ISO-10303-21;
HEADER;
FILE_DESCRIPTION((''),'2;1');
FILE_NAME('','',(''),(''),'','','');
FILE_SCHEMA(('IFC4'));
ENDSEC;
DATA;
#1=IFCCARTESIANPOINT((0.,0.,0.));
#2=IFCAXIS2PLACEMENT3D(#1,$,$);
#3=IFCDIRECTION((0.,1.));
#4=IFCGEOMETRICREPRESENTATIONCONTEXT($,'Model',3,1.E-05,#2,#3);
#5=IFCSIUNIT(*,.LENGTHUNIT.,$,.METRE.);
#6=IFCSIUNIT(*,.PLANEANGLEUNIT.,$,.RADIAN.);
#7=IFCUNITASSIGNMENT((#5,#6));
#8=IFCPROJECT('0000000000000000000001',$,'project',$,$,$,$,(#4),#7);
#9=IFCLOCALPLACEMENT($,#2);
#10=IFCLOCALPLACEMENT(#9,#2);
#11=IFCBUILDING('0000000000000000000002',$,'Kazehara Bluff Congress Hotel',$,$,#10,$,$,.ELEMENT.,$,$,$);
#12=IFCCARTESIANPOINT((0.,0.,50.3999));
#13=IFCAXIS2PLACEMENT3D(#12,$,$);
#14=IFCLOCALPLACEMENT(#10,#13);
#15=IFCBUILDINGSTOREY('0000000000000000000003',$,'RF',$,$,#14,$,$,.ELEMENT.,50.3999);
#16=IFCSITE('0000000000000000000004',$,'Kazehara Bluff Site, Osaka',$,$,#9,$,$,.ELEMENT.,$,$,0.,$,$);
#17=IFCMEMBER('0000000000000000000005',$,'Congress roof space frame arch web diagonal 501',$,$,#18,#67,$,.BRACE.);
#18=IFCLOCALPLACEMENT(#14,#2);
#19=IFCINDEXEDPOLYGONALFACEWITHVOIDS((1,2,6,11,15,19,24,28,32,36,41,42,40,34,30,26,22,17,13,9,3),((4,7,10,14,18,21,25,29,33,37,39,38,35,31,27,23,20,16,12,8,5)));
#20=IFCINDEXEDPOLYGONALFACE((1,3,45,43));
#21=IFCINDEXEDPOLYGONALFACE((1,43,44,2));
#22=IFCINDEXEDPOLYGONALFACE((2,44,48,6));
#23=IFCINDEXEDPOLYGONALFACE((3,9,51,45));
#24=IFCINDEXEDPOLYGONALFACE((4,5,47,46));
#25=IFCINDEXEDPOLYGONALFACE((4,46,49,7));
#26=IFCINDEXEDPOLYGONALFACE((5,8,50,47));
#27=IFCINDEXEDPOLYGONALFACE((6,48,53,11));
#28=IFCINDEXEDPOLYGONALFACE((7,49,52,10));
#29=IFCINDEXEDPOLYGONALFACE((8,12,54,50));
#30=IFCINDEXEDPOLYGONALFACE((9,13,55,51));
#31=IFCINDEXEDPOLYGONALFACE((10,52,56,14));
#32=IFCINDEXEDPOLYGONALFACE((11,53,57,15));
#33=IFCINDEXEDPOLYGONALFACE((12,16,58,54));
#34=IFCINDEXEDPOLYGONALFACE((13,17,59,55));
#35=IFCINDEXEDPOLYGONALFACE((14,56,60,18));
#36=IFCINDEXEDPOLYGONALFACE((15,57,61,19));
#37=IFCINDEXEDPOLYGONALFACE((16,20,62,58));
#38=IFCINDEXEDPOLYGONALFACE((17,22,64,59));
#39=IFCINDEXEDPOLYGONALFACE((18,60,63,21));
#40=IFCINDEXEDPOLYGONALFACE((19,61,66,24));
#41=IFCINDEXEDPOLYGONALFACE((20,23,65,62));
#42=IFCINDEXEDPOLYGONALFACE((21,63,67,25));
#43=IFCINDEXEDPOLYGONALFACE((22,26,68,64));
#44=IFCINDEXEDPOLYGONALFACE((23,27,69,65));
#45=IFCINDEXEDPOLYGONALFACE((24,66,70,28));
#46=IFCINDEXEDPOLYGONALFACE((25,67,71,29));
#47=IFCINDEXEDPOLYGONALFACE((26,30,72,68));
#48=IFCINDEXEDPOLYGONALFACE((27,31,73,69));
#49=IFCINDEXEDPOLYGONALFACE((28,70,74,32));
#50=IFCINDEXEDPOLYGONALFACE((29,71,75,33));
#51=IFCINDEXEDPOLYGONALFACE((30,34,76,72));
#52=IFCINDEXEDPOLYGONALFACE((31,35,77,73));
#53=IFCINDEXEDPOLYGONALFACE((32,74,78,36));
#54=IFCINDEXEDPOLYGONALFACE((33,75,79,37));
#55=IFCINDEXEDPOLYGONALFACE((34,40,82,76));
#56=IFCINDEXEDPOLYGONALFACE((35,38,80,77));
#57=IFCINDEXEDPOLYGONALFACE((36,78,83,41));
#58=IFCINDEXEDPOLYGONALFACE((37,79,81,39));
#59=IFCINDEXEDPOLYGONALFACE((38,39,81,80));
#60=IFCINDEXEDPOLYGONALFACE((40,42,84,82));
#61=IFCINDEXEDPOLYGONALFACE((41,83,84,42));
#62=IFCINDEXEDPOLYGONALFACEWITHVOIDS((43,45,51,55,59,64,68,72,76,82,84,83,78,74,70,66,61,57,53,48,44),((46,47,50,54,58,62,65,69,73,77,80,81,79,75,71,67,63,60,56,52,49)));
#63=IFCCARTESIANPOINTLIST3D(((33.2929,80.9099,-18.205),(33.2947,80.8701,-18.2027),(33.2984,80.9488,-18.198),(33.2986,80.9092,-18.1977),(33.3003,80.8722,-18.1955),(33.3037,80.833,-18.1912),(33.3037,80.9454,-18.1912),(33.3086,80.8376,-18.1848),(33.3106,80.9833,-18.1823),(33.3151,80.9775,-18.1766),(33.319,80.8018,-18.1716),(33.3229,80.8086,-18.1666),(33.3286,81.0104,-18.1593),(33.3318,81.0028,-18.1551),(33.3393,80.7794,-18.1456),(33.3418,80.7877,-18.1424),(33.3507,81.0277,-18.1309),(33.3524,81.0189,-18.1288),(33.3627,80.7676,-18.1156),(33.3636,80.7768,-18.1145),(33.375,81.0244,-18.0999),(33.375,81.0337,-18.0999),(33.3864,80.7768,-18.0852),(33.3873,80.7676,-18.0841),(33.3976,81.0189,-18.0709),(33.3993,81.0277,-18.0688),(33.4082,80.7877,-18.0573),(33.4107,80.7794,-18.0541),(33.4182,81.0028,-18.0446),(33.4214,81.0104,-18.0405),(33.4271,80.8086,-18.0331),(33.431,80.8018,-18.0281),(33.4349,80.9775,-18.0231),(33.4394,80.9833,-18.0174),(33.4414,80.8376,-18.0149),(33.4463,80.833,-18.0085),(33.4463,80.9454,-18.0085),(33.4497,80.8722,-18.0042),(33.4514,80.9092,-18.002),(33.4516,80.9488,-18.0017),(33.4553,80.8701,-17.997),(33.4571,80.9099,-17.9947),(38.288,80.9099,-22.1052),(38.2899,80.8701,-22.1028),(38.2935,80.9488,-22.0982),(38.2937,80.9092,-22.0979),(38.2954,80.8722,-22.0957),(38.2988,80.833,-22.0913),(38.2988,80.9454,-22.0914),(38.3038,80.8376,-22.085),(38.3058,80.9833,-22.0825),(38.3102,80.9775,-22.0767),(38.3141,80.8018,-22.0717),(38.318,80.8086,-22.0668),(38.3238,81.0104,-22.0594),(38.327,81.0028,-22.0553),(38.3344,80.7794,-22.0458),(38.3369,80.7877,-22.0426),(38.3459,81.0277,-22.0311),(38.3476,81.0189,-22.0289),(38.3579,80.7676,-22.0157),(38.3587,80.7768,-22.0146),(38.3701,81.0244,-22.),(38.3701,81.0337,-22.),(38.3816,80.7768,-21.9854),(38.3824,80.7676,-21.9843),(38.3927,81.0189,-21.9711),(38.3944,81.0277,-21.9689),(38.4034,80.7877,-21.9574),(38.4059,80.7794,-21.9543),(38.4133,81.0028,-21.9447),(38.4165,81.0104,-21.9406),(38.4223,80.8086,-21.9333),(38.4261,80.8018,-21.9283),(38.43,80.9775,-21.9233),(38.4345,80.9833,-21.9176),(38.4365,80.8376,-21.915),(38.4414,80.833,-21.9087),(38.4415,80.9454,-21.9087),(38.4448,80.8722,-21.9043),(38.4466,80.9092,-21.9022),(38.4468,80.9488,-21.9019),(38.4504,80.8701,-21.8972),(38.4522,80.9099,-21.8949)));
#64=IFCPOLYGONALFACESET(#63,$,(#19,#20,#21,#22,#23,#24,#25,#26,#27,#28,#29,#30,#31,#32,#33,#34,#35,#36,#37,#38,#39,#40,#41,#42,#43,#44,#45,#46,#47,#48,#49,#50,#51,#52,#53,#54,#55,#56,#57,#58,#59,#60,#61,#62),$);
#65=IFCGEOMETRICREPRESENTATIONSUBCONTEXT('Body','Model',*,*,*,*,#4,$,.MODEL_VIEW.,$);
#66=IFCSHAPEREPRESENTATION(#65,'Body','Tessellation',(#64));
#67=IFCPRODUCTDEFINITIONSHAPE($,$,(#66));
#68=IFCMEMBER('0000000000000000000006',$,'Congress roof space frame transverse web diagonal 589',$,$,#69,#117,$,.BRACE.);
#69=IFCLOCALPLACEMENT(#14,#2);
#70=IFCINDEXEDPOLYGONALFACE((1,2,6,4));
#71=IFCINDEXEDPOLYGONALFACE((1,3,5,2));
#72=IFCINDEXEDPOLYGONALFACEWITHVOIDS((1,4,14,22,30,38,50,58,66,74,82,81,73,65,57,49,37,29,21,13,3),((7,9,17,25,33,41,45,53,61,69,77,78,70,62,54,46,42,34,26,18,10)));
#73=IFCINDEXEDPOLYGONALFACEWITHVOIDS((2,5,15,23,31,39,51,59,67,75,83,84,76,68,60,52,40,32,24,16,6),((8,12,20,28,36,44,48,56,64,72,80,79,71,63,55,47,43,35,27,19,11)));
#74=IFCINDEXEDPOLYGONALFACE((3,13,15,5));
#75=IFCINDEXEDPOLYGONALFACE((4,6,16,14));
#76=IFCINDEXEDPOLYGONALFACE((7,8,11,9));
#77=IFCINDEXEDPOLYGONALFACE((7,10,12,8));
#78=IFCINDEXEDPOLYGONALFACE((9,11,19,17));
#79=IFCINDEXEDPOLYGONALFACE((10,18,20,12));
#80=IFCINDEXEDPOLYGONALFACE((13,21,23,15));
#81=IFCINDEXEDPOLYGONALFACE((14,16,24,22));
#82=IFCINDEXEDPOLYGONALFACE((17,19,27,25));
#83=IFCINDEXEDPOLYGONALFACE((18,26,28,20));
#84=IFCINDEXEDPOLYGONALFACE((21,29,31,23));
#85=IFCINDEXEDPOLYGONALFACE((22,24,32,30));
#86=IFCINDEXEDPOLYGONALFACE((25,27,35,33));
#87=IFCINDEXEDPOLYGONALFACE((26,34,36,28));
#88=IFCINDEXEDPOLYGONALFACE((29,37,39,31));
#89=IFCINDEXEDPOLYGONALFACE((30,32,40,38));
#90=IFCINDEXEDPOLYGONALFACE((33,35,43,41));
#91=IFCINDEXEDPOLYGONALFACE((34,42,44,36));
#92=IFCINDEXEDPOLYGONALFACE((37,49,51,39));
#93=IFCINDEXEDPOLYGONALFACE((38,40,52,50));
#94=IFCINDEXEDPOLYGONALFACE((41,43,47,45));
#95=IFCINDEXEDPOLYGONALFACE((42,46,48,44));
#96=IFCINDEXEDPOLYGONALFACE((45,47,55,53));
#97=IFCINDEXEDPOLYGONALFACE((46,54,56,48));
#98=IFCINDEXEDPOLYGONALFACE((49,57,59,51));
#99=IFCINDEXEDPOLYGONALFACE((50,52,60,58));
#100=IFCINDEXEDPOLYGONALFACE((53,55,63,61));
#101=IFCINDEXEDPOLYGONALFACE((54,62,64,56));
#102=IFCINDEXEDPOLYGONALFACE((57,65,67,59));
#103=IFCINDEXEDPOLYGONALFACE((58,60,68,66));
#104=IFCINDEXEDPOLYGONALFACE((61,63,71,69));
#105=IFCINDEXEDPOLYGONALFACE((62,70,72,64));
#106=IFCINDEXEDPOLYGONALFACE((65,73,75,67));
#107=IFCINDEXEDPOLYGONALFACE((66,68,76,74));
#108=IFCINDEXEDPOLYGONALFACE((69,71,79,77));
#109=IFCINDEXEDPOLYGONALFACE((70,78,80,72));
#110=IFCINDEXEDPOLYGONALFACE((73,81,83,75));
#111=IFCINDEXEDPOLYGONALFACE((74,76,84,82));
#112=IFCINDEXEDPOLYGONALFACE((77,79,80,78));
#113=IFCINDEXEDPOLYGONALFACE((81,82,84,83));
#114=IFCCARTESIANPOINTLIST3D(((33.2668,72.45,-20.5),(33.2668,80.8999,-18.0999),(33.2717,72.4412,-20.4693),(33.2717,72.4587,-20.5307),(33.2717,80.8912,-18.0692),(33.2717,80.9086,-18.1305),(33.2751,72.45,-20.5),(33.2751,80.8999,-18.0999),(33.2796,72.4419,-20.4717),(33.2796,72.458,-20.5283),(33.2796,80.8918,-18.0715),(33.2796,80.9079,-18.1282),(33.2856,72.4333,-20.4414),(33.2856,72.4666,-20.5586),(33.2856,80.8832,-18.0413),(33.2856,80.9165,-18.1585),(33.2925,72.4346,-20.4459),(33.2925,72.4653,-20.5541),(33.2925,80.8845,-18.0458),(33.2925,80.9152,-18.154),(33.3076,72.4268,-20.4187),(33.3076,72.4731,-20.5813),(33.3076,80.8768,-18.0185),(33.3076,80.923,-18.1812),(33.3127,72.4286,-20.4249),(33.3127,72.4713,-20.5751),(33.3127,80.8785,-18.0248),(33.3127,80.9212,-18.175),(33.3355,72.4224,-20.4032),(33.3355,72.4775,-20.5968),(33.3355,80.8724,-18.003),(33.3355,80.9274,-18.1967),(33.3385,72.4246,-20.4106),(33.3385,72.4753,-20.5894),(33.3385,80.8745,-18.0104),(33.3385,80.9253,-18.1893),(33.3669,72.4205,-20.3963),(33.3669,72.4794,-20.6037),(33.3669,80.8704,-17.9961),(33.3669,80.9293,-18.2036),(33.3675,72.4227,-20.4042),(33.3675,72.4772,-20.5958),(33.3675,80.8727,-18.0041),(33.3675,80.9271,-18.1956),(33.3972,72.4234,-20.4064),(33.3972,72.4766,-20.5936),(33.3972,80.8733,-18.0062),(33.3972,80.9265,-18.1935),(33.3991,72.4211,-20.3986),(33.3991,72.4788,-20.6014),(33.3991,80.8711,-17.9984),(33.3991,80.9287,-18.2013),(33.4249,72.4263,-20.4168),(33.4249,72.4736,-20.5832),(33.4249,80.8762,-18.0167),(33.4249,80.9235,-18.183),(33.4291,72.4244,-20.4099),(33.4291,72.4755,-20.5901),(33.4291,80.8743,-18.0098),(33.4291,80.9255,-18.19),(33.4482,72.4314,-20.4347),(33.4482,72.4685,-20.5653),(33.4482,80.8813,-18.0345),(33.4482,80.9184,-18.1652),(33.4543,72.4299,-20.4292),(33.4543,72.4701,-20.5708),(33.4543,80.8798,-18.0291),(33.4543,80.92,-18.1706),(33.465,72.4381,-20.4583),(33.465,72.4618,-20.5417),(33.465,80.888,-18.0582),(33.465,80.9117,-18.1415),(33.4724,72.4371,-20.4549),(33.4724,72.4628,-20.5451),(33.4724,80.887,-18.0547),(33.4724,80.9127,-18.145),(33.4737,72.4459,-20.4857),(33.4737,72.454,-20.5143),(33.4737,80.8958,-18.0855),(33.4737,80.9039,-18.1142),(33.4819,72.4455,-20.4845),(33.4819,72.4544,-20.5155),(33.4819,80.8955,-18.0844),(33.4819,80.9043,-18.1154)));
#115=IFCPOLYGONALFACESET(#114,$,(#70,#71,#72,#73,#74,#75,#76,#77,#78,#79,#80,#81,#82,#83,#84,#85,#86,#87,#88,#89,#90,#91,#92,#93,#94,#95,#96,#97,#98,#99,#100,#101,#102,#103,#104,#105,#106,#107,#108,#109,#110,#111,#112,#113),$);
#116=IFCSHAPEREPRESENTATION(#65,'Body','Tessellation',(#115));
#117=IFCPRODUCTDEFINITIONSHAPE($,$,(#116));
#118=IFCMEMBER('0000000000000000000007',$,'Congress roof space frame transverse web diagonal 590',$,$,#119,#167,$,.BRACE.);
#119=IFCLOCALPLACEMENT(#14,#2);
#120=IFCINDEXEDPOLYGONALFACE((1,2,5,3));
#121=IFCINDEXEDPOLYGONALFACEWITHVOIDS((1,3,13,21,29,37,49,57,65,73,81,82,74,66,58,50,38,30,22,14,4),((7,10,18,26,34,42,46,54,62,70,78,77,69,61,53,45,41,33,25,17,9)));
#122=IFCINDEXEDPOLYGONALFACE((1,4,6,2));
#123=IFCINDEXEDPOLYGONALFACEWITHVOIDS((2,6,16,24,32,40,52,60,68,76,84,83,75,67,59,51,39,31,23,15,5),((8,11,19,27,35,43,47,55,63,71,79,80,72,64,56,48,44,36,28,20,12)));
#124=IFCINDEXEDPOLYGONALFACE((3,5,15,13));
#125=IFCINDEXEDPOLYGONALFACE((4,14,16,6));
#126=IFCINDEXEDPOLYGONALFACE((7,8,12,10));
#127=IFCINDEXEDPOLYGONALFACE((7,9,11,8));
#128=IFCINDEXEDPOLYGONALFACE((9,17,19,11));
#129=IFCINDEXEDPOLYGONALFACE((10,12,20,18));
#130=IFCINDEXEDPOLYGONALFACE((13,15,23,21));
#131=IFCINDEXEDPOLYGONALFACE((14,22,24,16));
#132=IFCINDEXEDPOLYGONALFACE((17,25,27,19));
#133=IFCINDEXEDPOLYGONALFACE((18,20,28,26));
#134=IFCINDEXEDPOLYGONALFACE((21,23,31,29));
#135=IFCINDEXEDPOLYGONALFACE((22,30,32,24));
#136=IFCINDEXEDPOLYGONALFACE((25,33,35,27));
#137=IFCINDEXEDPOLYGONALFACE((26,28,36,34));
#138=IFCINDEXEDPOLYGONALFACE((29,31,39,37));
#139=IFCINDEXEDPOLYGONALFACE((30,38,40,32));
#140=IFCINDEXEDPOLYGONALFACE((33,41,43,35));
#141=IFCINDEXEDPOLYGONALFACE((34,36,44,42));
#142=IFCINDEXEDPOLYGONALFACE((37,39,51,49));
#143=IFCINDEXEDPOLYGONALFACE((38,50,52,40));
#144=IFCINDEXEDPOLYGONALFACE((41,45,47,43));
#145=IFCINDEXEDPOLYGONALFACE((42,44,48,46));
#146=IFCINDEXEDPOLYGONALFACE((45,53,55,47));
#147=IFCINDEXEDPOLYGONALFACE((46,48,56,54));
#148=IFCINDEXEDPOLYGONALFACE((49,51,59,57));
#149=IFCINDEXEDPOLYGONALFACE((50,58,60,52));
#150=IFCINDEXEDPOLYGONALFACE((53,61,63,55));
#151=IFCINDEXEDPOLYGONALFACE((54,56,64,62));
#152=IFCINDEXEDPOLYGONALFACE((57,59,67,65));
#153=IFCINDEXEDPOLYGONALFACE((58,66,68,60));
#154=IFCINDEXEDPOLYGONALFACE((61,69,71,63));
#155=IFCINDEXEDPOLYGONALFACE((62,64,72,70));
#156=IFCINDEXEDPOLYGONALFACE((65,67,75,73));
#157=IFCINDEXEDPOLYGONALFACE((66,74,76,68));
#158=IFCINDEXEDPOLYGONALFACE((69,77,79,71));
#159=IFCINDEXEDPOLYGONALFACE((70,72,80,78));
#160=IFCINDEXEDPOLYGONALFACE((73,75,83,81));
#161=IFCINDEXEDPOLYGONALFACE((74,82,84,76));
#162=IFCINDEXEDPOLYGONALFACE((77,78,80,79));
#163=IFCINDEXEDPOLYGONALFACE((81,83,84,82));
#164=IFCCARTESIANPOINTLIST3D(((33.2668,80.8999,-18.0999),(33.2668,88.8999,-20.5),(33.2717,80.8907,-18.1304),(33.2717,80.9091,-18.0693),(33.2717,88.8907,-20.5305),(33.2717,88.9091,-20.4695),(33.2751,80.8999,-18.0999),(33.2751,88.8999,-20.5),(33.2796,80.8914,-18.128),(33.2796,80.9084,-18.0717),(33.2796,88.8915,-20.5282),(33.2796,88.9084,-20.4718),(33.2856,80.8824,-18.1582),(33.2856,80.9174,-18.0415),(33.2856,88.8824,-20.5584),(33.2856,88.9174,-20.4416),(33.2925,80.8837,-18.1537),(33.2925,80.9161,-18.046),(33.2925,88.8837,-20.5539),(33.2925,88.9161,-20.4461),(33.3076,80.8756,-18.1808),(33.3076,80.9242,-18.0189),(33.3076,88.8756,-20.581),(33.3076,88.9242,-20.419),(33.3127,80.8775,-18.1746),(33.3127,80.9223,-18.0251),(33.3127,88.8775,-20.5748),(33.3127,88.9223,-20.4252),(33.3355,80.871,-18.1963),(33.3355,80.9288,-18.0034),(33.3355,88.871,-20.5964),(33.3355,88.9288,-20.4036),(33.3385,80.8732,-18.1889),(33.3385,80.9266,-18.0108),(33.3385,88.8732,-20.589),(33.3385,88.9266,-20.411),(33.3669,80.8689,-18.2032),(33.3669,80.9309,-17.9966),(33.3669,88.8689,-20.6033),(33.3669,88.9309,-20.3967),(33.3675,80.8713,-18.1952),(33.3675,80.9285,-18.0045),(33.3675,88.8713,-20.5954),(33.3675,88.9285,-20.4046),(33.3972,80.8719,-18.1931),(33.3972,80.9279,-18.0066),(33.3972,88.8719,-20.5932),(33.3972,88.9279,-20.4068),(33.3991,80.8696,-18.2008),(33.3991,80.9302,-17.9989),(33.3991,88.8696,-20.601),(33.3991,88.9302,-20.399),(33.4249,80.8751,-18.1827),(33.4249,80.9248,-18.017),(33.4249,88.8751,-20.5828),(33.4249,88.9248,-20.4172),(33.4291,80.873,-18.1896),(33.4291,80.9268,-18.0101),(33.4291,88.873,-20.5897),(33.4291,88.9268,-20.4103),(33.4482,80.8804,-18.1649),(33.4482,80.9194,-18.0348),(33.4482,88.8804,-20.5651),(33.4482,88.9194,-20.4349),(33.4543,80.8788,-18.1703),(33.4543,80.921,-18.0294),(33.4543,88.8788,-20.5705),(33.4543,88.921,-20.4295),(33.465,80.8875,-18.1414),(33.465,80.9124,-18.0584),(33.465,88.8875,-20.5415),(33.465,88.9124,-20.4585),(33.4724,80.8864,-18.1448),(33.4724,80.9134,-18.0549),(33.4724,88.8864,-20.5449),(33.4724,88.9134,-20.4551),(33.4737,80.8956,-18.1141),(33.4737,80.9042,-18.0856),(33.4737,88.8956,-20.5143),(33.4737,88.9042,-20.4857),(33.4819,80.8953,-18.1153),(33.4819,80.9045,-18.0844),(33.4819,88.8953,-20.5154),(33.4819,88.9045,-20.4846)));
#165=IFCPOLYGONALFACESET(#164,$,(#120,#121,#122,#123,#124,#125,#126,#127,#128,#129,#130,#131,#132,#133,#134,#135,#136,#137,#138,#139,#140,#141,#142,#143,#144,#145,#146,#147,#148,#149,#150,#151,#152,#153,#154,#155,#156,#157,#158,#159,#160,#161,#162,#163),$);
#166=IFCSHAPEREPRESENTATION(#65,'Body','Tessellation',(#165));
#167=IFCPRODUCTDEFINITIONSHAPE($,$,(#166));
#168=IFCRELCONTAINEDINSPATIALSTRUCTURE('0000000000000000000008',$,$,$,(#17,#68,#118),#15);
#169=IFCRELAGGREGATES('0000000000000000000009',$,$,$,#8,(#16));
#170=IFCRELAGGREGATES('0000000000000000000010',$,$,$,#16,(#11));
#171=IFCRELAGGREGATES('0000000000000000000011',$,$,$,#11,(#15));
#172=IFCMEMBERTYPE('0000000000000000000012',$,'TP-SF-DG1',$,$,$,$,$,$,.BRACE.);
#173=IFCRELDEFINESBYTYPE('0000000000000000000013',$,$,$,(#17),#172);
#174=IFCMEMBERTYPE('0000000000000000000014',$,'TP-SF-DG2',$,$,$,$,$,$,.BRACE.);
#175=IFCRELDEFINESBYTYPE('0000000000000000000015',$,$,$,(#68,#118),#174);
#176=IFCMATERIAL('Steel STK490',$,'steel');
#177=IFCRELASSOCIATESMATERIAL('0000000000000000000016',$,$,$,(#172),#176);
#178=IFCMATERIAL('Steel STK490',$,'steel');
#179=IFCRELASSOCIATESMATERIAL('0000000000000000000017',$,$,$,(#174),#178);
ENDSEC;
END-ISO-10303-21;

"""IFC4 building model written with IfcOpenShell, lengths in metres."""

from ifc_helpers import new_model, si_unit, direction, frame, origin, origin_2d, place, context, subcontext, project, spatial, hollow_circle, extrude, material, material_profile, profile_set, type_object, element, save


model = new_model("IFC4")

# Units and contexts
model_context = context("Model", 3, precision=1e-05, world=origin(), true_north=direction((0.0, 1.0)))
body_context = subcontext(model_context, "Body", "Model", "MODEL_VIEW")
ifc_project = project(units=[si_unit("LENGTHUNIT", "METRE"), si_unit("PLANEANGLEUNIT", "RADIAN")], contexts=[model_context])

# Site, building, storey
site_placement = place(None, origin())
site = spatial("IfcSite", under=ifc_project, at=site_placement, Name="Kazehara Bluff Site, Osaka", CompositionType="ELEMENT", RefElevation=0.0)
building_placement = place(site_placement, origin())
building = spatial("IfcBuilding", under=site, at=building_placement, Name="Kazehara Bluff Congress Hotel", CompositionType="ELEMENT")
storey_placement = place(building_placement, frame((0.0, 0.0, 50.3999)))
storey = spatial("IfcBuildingStorey", under=building, at=storey_placement, Name="RF", CompositionType="ELEMENT", Elevation=50.3999)

# Members
ifc_material_1 = material(Name="Steel STK490", Category="steel")
ifc_material_profile_1 = material_profile(ifc_material_1, hollow_circle(Radius=0.1338, WallThickness=0.0093, at=origin_2d()))
ifc_profile_set_1 = profile_set([ifc_material_profile_1], Name="Steel STK490")
member_type_1 = type_object("IfcMemberType", Name="TP-SF-DG1", PredefinedType="BRACE", material=ifc_profile_set_1)
member_1_placement = place(storey_placement, frame((33.375, 80.8999, -18.0999), z_axis=(0.7882, 0.0, -0.61542), x_axis=(0.0, 1.0, 0.0)))
element("IfcMember", 1, at=member_1_placement, inside=storey, type_object=member_type_1, Name="Congress roof space frame arch web diagonal 501", PredefinedType="BRACE", context=body_context, shape_type="SweptSolid", body=[
    extrude(hollow_circle(Radius=0.1338, WallThickness=0.0093, at=origin_2d()), origin(), (0.0, 0.0, 1.0), 6.3374),
])
ifc_material_2 = material(Name="Steel STK490", Category="steel")
ifc_material_profile_2 = material_profile(ifc_material_2, hollow_circle(Radius=0.1082, WallThickness=0.0083, at=origin_2d()))
ifc_profile_set_2 = profile_set([ifc_material_profile_2], Name="Steel STK490")
member_type_2 = type_object("IfcMemberType", Name="TP-SF-DG2", PredefinedType="BRACE", material=ifc_profile_set_2)
member_2_placement = place(storey_placement, frame((33.375, 72.45, -20.5), z_axis=(0.0, 0.961948, 0.273234), x_axis=(-1.0, 0.0, 0.0)))
element("IfcMember", 2, at=member_2_placement, inside=storey, type_object=member_type_2, Name="Congress roof space frame transverse web diagonal 589", PredefinedType="BRACE", context=body_context, shape_type="SweptSolid", body=[
    extrude(hollow_circle(Radius=0.1082, WallThickness=0.0083, at=origin_2d()), origin(), (0.0, 0.0, 1.0), 8.7842),
])
member_3_placement = place(storey_placement, frame((33.375, 80.8999, -18.0999), z_axis=(0.0, 0.957821, -0.287364), x_axis=(-1.0, 0.0, 0.0)))
element("IfcMember", 3, at=member_3_placement, inside=storey, type_object=member_type_2, Name="Congress roof space frame transverse web diagonal 590", PredefinedType="BRACE", context=body_context, shape_type="SweptSolid", body=[
    extrude(hollow_circle(Radius=0.1082, WallThickness=0.0083, at=origin_2d()), origin(), (0.0, 0.0, 1.0), 8.3523),
])

save(model, "model.ifc")
